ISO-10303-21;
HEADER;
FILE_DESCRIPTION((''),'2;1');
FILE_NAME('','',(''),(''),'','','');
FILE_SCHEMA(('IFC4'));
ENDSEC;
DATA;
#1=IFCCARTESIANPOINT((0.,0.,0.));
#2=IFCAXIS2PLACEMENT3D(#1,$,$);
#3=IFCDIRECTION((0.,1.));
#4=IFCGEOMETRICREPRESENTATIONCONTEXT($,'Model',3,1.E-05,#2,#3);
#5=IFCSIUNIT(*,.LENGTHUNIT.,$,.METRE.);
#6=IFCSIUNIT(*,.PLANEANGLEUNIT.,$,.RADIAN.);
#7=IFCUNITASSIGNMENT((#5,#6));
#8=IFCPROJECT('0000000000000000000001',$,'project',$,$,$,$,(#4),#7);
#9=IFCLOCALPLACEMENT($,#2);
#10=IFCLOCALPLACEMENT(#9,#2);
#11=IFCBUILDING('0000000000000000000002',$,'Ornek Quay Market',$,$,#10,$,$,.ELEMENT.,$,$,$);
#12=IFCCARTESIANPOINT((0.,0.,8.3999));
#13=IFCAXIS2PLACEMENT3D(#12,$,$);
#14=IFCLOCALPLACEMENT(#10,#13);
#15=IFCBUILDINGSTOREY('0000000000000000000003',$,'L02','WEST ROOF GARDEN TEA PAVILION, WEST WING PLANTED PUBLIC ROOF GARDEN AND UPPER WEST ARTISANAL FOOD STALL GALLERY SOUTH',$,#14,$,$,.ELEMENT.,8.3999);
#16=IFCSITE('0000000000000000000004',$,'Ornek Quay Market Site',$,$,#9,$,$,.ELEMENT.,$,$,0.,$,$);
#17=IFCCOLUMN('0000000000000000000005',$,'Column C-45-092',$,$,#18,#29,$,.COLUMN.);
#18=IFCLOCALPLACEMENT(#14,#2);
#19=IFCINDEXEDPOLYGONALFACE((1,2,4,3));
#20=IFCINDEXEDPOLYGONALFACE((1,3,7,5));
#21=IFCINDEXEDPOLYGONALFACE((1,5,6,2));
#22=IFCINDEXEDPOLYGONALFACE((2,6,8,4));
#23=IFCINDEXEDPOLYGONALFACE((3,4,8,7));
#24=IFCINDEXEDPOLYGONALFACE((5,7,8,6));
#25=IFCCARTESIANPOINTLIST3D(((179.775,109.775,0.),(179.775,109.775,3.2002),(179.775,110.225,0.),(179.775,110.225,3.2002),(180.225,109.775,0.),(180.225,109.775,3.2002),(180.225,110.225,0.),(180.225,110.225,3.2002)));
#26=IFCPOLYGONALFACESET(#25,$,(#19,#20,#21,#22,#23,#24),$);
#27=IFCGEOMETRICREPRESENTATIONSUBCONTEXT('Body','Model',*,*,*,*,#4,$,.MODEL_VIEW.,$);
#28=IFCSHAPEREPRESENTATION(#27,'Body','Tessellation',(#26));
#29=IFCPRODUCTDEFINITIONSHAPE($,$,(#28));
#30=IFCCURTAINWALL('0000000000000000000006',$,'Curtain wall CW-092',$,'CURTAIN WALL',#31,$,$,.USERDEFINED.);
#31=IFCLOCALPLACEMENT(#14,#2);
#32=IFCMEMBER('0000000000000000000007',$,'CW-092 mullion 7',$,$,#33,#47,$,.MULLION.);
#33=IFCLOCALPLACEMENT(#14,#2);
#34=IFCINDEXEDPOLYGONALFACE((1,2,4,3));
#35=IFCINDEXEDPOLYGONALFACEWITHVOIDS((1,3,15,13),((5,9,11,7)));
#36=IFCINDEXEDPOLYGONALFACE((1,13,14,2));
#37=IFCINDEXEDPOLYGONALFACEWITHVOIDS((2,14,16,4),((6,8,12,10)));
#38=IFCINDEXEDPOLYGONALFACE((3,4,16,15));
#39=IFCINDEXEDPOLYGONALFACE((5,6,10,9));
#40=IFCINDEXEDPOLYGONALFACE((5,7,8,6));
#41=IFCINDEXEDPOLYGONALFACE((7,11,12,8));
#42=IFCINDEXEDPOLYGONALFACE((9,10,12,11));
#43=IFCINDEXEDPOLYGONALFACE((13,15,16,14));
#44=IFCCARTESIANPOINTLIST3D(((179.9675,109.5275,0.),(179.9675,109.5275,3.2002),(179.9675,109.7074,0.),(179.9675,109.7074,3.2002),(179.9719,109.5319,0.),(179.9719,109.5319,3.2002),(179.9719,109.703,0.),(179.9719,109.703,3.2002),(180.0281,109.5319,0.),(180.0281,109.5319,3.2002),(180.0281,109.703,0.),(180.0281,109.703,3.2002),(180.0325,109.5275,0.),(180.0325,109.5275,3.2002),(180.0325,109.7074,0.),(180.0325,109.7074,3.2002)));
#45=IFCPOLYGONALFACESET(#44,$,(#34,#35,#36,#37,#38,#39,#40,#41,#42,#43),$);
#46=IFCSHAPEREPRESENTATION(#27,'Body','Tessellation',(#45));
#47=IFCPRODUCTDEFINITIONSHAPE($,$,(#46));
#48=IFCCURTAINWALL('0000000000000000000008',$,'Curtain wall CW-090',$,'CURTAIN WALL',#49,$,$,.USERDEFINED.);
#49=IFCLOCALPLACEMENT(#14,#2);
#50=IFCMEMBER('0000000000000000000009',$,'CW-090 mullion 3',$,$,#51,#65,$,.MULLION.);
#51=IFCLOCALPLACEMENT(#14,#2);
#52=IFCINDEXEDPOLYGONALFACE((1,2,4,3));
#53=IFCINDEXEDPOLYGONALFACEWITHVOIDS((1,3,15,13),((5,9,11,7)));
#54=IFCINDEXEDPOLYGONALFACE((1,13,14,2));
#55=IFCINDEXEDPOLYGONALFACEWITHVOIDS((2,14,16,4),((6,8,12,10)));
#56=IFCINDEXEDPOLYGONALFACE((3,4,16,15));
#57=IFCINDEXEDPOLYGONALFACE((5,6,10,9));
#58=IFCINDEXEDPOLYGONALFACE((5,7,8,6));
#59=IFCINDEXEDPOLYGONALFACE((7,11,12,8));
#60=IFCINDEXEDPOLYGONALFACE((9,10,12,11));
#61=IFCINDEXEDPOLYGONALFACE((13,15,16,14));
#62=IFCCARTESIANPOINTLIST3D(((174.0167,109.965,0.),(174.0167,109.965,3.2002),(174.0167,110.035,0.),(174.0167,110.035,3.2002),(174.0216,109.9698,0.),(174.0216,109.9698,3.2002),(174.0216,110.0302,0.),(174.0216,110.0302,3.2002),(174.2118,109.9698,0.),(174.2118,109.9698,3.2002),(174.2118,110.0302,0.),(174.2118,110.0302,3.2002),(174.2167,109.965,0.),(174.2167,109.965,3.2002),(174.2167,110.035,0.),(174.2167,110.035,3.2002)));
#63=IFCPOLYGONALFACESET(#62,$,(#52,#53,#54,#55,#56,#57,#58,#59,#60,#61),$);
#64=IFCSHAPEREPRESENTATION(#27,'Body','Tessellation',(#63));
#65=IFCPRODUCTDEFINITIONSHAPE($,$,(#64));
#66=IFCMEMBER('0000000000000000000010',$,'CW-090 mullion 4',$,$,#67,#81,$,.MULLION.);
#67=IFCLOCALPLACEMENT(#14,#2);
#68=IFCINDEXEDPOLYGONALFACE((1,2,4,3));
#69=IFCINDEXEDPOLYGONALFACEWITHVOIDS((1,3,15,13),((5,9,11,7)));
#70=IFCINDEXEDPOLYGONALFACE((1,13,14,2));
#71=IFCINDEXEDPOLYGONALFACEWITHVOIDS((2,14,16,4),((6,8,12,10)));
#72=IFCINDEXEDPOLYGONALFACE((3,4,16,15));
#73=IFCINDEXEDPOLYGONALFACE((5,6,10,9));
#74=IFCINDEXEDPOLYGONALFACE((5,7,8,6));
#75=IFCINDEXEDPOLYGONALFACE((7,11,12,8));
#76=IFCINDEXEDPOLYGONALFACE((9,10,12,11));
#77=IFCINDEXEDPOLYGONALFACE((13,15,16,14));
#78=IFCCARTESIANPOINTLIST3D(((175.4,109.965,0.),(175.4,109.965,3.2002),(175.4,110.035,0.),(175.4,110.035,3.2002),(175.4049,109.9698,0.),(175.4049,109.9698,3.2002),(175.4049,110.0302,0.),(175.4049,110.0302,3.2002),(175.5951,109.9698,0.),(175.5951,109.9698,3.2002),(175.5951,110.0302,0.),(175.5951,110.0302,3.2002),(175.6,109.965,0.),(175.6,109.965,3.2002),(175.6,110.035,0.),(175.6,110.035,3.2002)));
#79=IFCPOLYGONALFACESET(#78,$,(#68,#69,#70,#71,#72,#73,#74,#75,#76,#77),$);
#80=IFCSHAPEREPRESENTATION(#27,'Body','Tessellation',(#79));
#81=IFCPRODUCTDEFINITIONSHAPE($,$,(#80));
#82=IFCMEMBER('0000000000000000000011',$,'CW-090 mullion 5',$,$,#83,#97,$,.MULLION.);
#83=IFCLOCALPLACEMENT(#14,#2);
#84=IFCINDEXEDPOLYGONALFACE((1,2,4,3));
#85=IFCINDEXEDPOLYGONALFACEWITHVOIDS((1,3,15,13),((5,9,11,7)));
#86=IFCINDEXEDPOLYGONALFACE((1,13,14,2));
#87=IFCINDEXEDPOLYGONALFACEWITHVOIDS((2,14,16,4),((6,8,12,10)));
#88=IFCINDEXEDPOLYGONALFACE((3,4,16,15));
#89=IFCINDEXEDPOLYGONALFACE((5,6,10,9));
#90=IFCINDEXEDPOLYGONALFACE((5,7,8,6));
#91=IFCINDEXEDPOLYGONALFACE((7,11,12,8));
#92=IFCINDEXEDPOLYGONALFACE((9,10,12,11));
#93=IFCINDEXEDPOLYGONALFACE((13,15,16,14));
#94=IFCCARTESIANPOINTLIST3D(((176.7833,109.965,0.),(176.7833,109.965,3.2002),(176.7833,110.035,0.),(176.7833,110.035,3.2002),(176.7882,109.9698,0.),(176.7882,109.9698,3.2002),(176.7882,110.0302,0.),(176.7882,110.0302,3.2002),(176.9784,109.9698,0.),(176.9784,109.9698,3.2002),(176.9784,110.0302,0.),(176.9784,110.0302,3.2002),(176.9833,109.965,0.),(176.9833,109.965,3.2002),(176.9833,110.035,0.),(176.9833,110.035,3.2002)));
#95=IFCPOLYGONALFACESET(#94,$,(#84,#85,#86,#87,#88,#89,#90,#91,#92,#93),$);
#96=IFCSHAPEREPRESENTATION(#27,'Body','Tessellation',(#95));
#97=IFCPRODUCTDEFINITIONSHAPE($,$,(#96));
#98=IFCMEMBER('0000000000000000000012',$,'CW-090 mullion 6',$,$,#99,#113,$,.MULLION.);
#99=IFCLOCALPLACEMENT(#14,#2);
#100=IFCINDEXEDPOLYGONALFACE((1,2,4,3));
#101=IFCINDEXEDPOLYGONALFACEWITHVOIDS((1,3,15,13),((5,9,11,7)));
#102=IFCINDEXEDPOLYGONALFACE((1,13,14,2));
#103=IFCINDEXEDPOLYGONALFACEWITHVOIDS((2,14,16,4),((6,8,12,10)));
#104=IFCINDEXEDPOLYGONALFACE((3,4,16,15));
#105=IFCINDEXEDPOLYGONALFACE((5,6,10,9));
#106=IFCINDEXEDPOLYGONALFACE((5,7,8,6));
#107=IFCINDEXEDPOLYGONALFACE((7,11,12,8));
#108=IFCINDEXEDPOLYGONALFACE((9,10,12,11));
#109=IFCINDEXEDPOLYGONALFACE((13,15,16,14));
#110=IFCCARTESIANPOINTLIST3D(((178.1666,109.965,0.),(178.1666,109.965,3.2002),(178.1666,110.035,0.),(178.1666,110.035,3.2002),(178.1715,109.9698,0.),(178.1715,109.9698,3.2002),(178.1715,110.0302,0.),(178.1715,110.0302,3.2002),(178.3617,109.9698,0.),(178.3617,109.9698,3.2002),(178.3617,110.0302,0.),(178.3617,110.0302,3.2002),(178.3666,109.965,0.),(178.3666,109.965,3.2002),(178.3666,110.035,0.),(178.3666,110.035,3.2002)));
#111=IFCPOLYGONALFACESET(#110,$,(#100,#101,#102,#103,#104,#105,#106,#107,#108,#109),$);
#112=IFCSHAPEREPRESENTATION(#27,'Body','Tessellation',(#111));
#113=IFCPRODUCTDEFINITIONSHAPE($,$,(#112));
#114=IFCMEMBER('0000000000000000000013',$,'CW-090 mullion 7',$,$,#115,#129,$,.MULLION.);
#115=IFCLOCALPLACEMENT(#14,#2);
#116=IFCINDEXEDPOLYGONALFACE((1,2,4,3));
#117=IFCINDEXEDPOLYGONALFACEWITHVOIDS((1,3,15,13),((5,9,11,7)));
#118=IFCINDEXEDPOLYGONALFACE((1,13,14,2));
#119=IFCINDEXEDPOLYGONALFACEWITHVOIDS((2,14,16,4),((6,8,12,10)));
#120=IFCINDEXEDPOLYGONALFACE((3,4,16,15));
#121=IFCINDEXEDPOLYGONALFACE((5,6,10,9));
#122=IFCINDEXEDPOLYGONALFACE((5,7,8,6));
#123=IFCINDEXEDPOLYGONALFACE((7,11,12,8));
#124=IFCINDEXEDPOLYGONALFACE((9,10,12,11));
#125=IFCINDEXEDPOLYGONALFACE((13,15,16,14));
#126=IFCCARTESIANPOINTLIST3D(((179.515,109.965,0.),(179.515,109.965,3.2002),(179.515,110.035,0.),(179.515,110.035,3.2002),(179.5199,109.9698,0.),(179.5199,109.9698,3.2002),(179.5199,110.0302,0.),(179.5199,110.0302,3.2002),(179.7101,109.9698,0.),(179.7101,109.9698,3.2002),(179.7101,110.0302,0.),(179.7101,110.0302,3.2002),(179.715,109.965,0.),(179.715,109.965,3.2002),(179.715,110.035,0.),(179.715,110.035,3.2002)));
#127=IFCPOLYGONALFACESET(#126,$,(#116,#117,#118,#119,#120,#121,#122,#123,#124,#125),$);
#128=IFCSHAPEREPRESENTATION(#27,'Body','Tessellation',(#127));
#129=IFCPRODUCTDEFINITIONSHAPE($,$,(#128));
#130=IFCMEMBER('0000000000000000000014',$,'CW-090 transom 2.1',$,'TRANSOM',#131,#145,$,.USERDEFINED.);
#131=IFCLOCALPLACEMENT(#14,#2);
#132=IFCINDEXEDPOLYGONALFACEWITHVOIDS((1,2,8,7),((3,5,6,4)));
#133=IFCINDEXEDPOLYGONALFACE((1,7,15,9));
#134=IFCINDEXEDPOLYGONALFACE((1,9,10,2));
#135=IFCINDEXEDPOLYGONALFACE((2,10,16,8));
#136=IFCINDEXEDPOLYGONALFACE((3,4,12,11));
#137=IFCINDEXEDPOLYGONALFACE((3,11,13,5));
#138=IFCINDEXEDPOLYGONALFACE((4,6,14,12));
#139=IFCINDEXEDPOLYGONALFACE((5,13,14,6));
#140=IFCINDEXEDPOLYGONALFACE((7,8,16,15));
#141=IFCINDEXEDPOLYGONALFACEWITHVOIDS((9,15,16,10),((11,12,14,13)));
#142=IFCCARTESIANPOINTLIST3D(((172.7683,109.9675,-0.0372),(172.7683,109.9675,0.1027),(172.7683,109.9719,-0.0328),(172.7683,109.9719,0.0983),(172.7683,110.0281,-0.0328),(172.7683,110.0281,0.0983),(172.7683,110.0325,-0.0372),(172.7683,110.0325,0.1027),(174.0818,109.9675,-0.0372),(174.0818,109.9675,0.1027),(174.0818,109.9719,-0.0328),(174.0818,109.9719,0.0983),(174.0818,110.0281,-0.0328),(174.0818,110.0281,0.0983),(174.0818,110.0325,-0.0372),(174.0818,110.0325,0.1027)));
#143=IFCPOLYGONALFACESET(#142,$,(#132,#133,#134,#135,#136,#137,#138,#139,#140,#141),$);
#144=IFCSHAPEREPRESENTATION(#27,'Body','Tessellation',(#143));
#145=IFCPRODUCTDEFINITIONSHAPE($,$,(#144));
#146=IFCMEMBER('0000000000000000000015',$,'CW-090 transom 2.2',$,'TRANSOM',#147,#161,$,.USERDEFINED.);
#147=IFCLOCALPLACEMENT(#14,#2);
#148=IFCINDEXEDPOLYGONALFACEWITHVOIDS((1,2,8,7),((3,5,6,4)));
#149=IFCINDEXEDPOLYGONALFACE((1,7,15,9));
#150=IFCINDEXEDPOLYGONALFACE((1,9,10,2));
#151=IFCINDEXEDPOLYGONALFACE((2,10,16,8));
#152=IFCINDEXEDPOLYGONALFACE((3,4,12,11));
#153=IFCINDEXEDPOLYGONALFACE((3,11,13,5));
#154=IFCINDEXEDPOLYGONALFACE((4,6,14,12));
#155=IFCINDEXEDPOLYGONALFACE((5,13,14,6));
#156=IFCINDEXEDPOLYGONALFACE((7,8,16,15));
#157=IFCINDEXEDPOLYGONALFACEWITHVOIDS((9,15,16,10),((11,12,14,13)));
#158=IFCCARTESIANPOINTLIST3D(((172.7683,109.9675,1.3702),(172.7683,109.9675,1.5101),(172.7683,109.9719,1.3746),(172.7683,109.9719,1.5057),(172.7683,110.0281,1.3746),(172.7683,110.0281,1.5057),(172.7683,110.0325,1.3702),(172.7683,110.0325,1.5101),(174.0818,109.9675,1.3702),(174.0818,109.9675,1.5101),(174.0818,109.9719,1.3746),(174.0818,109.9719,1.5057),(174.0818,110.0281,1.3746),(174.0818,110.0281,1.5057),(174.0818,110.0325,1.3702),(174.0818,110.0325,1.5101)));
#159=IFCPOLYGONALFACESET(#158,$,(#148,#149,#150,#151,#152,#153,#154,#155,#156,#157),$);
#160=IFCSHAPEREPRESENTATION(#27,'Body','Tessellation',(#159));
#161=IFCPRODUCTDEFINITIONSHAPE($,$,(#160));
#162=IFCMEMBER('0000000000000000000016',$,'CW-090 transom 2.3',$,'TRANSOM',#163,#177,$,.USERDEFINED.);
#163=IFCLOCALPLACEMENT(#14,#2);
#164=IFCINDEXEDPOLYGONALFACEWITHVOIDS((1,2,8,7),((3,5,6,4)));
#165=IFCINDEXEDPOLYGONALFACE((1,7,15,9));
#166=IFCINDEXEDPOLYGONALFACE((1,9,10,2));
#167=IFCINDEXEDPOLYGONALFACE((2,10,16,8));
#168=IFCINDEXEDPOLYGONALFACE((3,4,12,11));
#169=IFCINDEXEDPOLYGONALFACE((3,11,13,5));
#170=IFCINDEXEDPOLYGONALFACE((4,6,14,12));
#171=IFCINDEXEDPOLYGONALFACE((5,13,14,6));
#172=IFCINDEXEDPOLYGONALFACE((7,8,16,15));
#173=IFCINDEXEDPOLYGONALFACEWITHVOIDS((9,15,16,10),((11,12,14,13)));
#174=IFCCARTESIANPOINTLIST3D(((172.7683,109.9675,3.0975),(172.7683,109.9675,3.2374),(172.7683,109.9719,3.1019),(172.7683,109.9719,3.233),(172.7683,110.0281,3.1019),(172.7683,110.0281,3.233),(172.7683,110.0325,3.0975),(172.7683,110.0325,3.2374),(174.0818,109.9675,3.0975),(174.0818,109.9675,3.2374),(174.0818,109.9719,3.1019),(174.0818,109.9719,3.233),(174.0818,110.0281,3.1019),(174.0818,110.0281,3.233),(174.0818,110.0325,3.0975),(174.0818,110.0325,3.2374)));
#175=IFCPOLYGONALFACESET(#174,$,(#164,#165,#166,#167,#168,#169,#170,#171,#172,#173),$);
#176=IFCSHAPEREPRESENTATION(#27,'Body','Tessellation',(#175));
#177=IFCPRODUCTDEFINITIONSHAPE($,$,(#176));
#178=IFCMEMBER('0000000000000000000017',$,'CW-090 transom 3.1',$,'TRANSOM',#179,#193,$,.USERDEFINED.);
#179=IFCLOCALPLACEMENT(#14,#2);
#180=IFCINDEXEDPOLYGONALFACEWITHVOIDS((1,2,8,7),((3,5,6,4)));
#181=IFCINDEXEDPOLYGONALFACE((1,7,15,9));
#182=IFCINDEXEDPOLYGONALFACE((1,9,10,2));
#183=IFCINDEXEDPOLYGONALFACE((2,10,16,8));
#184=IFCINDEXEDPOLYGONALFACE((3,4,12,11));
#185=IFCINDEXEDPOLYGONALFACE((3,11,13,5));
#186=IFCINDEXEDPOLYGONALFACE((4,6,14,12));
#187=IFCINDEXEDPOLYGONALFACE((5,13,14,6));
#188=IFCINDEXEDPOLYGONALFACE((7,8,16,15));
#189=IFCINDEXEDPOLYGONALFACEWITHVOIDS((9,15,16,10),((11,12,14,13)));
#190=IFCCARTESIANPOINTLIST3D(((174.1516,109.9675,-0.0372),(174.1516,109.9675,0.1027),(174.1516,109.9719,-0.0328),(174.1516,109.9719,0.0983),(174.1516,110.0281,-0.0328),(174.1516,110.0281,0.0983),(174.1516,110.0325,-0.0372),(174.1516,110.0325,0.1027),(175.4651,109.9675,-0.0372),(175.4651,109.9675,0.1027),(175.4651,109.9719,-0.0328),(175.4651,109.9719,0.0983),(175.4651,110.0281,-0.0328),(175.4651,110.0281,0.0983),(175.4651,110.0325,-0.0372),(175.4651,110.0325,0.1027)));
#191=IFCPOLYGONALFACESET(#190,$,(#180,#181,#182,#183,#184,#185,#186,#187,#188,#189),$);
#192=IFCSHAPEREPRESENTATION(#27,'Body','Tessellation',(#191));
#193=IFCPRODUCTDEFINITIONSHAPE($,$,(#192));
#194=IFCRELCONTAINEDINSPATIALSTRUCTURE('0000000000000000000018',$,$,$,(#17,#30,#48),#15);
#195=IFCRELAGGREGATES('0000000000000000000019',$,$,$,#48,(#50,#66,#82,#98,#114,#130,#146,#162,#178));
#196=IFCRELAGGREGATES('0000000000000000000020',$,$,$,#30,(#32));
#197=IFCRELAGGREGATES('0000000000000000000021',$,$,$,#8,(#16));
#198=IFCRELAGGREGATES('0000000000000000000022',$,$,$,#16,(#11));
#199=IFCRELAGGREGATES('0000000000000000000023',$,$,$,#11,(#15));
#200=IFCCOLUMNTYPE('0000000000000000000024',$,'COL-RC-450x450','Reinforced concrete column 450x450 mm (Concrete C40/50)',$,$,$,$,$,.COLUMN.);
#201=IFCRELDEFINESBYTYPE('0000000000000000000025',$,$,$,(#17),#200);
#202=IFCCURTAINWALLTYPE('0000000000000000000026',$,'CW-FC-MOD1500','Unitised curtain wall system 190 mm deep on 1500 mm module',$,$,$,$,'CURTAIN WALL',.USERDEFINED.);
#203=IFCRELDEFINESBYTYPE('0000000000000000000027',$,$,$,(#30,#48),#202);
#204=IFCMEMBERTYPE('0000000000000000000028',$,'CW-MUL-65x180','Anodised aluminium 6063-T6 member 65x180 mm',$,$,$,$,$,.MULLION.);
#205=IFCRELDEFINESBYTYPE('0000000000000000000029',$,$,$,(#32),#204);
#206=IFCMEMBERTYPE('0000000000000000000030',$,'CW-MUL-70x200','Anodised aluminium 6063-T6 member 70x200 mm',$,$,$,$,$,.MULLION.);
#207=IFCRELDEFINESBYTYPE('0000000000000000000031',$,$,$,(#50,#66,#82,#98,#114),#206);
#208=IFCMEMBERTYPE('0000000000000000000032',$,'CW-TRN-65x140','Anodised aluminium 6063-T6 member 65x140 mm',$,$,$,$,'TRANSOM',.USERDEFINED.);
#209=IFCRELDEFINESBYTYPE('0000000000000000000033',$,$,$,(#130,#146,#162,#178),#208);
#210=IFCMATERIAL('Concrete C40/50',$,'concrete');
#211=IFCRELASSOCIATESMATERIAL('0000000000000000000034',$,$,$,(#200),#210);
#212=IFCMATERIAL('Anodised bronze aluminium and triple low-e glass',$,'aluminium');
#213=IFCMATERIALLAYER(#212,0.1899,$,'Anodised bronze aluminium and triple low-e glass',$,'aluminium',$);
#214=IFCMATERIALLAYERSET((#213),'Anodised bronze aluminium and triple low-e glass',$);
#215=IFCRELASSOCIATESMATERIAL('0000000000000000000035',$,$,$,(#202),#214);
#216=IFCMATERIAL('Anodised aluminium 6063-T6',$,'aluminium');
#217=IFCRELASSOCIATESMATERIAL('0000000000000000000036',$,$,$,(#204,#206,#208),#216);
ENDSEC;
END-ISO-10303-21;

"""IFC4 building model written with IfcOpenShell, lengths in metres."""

from ifc_helpers import new_model, si_unit, direction, frame, origin, origin_2d, place, context, subcontext, project, spatial, rectangle, hollow_rectangle, extrude, material, layer, layer_set, material_profile, profile_set, type_object, element, aggregate, save


model = new_model("IFC4")

# Units and contexts
model_context = context("Model", 3, precision=1e-05, world=origin(), true_north=direction((0.0, 1.0)))
body_context = subcontext(model_context, "Body", "Model", "MODEL_VIEW")
ifc_project = project(units=[si_unit("LENGTHUNIT", "METRE"), si_unit("PLANEANGLEUNIT", "RADIAN")], contexts=[model_context])

# Site, building, storey
site_placement = place(None, origin())
site = spatial("IfcSite", under=ifc_project, at=site_placement, Name="Ornek Quay Market Site", CompositionType="ELEMENT", RefElevation=0.0)
building_placement = place(site_placement, origin())
building = spatial("IfcBuilding", under=site, at=building_placement, Name="Ornek Quay Market", CompositionType="ELEMENT")
storey_placement = place(building_placement, frame((0.0, 0.0, 8.3999)))
storey = spatial("IfcBuildingStorey", under=building, at=storey_placement, Name="L02", Description="WEST ROOF GARDEN TEA PAVILION, WEST WING PLANTED PUBLIC ROOF GARDEN AND UPPER WEST ARTISANAL FOOD STALL GALLERY SOUTH", CompositionType="ELEMENT", Elevation=8.3999)

# Column
ifc_material_1 = material(Name="Concrete C40/50", Category="concrete")
ifc_material_profile_1 = material_profile(ifc_material_1, rectangle(XDim=0.45, YDim=0.45, at=origin_2d()), Name="RC 450x450", Category="concrete")
ifc_profile_set_1 = profile_set([ifc_material_profile_1], Name="Concrete C40/50")
column_type = type_object("IfcColumnType", Name="COL-RC-450x450", Description="Reinforced concrete column 450x450 mm (Concrete C40/50)", PredefinedType="COLUMN", material=ifc_profile_set_1)
column_placement = place(storey_placement, frame((180.0, 110.0, 0.0), z_axis=(0.0, 0.0, 1.0), x_axis=(1.0, 0.0, 0.0)))
element("IfcColumn", 1, at=column_placement, inside=storey, type_object=column_type, Name="Column C-45-092", PredefinedType="COLUMN", context=body_context, shape_type="SweptSolid", body=[
    extrude(rectangle(XDim=0.45, YDim=0.45, at=origin_2d()), origin(), (0.0, 0.0, 1.0), 3.2002),
])

# Curtain wall, member
ifc_material_2 = material(Name="Anodised bronze aluminium and triple low-e glass", Category="aluminium")
ifc_layer_1 = layer(ifc_material_2, 0.1899, Name="Anodised bronze aluminium and triple low-e glass", Category="aluminium")
ifc_layer_set_1 = layer_set([ifc_layer_1], Name="Anodised bronze aluminium and triple low-e glass")
curtain_wall_type = type_object("IfcCurtainWallType", Name="CW-FC-MOD1500", Description="Unitised curtain wall system 190 mm deep on 1500 mm module", ElementType="CURTAIN WALL", PredefinedType="USERDEFINED", material=ifc_layer_set_1)
curtain_wall_1_placement = place(storey_placement, origin())
curtain_wall_1 = element("IfcCurtainWall", 2, at=curtain_wall_1_placement, inside=storey, type_object=curtain_wall_type, Name="Curtain wall CW-092", ObjectType="CURTAIN WALL", PredefinedType="USERDEFINED")
ifc_material_3 = material(Name="Anodised aluminium 6063-T6", Category="aluminium")
ifc_material_profile_2 = material_profile(ifc_material_3, hollow_rectangle(XDim=0.0649, YDim=0.1799, WallThickness=0.0044, at=origin_2d()), Name="CW-MUL-65x180", Category="aluminium")
ifc_profile_set_2 = profile_set([ifc_material_profile_2], Name="Anodised aluminium 6063-T6")
member_type_1 = type_object("IfcMemberType", Name="CW-MUL-65x180", Description="Anodised aluminium 6063-T6 member 65x180 mm", PredefinedType="MULLION", material=ifc_profile_set_2)
member_1_placement = place(storey_placement, frame((180.0, 109.6174, 0.0), z_axis=(0.0, 0.0, 1.0), x_axis=(-1.0, 0.0, 0.0)))
member_1 = element("IfcMember", 3, at=member_1_placement, type_object=member_type_1, Name="CW-092 mullion 7", PredefinedType="MULLION", context=body_context, shape_type="SweptSolid", body=[
    extrude(hollow_rectangle(XDim=0.0649, YDim=0.1799, WallThickness=0.0044, at=origin_2d()), origin(), (0.0, 0.0, 1.0), 3.2002),
])

# Curtain wall, members
curtain_wall_2_placement = place(storey_placement, origin())
curtain_wall_2 = element("IfcCurtainWall", 4, at=curtain_wall_2_placement, inside=storey, type_object=curtain_wall_type, Name="Curtain wall CW-090", ObjectType="CURTAIN WALL", PredefinedType="USERDEFINED")
ifc_material_profile_3 = material_profile(ifc_material_3, hollow_rectangle(XDim=0.0701, YDim=0.2, WallThickness=0.0049, at=origin_2d()), Name="CW-MUL-70x200", Category="aluminium")
ifc_profile_set_3 = profile_set([ifc_material_profile_3], Name="Anodised aluminium 6063-T6")
member_type_2 = type_object("IfcMemberType", Name="CW-MUL-70x200", Description="Anodised aluminium 6063-T6 member 70x200 mm", PredefinedType="MULLION", material=ifc_profile_set_3)
member_2_placement = place(storey_placement, frame((174.1167, 110.0, 0.0), z_axis=(0.0, 0.0, 1.0), x_axis=(0.0, 1.0, 0.0)))
member_2 = element("IfcMember", 5, at=member_2_placement, type_object=member_type_2, Name="CW-090 mullion 3", PredefinedType="MULLION", context=body_context, shape_type="SweptSolid", body=[
    extrude(hollow_rectangle(XDim=0.0701, YDim=0.2, WallThickness=0.0049, at=origin_2d()), origin(), (0.0, 0.0, 1.0), 3.2002),
])
member_3_placement = place(storey_placement, frame((175.5, 110.0, 0.0), z_axis=(0.0, 0.0, 1.0), x_axis=(0.0, 1.0, 0.0)))
member_3 = element("IfcMember", 6, at=member_3_placement, type_object=member_type_2, Name="CW-090 mullion 4", PredefinedType="MULLION", context=body_context, shape_type="SweptSolid", body=[
    extrude(hollow_rectangle(XDim=0.0701, YDim=0.2, WallThickness=0.0049, at=origin_2d()), origin(), (0.0, 0.0, 1.0), 3.2002),
])
member_4_placement = place(storey_placement, frame((176.8833, 110.0, 0.0), z_axis=(0.0, 0.0, 1.0), x_axis=(0.0, 1.0, 0.0)))
member_4 = element("IfcMember", 7, at=member_4_placement, type_object=member_type_2, Name="CW-090 mullion 5", PredefinedType="MULLION", context=body_context, shape_type="SweptSolid", body=[
    extrude(hollow_rectangle(XDim=0.0701, YDim=0.2, WallThickness=0.0049, at=origin_2d()), origin(), (0.0, 0.0, 1.0), 3.2002),
])
member_5_placement = place(storey_placement, frame((178.2666, 110.0, 0.0), z_axis=(0.0, 0.0, 1.0), x_axis=(0.0, 1.0, 0.0)))
member_5 = element("IfcMember", 8, at=member_5_placement, type_object=member_type_2, Name="CW-090 mullion 6", PredefinedType="MULLION", context=body_context, shape_type="SweptSolid", body=[
    extrude(hollow_rectangle(XDim=0.0701, YDim=0.2, WallThickness=0.0049, at=origin_2d()), origin(), (0.0, 0.0, 1.0), 3.2002),
])
member_6_placement = place(storey_placement, frame((179.615, 110.0, 0.0), z_axis=(0.0, 0.0, 1.0), x_axis=(0.0, 1.0, 0.0)))
member_6 = element("IfcMember", 9, at=member_6_placement, type_object=member_type_2, Name="CW-090 mullion 7", PredefinedType="MULLION", context=body_context, shape_type="SweptSolid", body=[
    extrude(hollow_rectangle(XDim=0.0701, YDim=0.2, WallThickness=0.0049, at=origin_2d()), origin(), (0.0, 0.0, 1.0), 3.2002),
])
ifc_material_profile_4 = material_profile(ifc_material_3, hollow_rectangle(XDim=0.0649, YDim=0.1399, WallThickness=0.0044, at=origin_2d()), Name="CW-TRN-65x140", Category="aluminium")
ifc_profile_set_4 = profile_set([ifc_material_profile_4], Name="Anodised aluminium 6063-T6")
member_type_3 = type_object("IfcMemberType", Name="CW-TRN-65x140", Description="Anodised aluminium 6063-T6 member 65x140 mm", ElementType="TRANSOM", PredefinedType="USERDEFINED", material=ifc_profile_set_4)
member_7_placement = place(storey_placement, frame((172.7683, 110.0, 0.0327), z_axis=(1.0, 0.0, 0.0), x_axis=(0.0, 1.0, 0.0)))
member_7 = element("IfcMember", 10, at=member_7_placement, type_object=member_type_3, Name="CW-090 transom 2.1", ObjectType="TRANSOM", PredefinedType="USERDEFINED", context=body_context, shape_type="SweptSolid", body=[
    extrude(hollow_rectangle(XDim=0.0649, YDim=0.1399, WallThickness=0.0044, at=origin_2d()), origin(), (0.0, 0.0, 1.0), 1.3135),
])
member_8_placement = place(storey_placement, frame((172.7683, 110.0, 1.4402), z_axis=(1.0, 0.0, 0.0), x_axis=(0.0, 1.0, 0.0)))
member_8 = element("IfcMember", 11, at=member_8_placement, type_object=member_type_3, Name="CW-090 transom 2.2", ObjectType="TRANSOM", PredefinedType="USERDEFINED", context=body_context, shape_type="SweptSolid", body=[
    extrude(hollow_rectangle(XDim=0.0649, YDim=0.1399, WallThickness=0.0044, at=origin_2d()), origin(), (0.0, 0.0, 1.0), 1.3135),
])
member_9_placement = place(storey_placement, frame((172.7683, 110.0, 3.1675), z_axis=(1.0, 0.0, 0.0), x_axis=(0.0, 1.0, 0.0)))
member_9 = element("IfcMember", 12, at=member_9_placement, type_object=member_type_3, Name="CW-090 transom 2.3", ObjectType="TRANSOM", PredefinedType="USERDEFINED", context=body_context, shape_type="SweptSolid", body=[
    extrude(hollow_rectangle(XDim=0.0649, YDim=0.1399, WallThickness=0.0044, at=origin_2d()), origin(), (0.0, 0.0, 1.0), 1.3135),
])
member_10_placement = place(storey_placement, frame((174.1516, 110.0, 0.0327), z_axis=(1.0, 0.0, 0.0), x_axis=(0.0, 1.0, 0.0)))
member_10 = element("IfcMember", 13, at=member_10_placement, type_object=member_type_3, Name="CW-090 transom 3.1", ObjectType="TRANSOM", PredefinedType="USERDEFINED", context=body_context, shape_type="SweptSolid", body=[
    extrude(hollow_rectangle(XDim=0.0649, YDim=0.1399, WallThickness=0.0044, at=origin_2d()), origin(), (0.0, 0.0, 1.0), 1.3135),
])
aggregate(curtain_wall_2, [member_2, member_3, member_4, member_5, member_6, member_7, member_8, member_9, member_10])

aggregate(curtain_wall_1, [member_1])

save(model, "model.ifc")
